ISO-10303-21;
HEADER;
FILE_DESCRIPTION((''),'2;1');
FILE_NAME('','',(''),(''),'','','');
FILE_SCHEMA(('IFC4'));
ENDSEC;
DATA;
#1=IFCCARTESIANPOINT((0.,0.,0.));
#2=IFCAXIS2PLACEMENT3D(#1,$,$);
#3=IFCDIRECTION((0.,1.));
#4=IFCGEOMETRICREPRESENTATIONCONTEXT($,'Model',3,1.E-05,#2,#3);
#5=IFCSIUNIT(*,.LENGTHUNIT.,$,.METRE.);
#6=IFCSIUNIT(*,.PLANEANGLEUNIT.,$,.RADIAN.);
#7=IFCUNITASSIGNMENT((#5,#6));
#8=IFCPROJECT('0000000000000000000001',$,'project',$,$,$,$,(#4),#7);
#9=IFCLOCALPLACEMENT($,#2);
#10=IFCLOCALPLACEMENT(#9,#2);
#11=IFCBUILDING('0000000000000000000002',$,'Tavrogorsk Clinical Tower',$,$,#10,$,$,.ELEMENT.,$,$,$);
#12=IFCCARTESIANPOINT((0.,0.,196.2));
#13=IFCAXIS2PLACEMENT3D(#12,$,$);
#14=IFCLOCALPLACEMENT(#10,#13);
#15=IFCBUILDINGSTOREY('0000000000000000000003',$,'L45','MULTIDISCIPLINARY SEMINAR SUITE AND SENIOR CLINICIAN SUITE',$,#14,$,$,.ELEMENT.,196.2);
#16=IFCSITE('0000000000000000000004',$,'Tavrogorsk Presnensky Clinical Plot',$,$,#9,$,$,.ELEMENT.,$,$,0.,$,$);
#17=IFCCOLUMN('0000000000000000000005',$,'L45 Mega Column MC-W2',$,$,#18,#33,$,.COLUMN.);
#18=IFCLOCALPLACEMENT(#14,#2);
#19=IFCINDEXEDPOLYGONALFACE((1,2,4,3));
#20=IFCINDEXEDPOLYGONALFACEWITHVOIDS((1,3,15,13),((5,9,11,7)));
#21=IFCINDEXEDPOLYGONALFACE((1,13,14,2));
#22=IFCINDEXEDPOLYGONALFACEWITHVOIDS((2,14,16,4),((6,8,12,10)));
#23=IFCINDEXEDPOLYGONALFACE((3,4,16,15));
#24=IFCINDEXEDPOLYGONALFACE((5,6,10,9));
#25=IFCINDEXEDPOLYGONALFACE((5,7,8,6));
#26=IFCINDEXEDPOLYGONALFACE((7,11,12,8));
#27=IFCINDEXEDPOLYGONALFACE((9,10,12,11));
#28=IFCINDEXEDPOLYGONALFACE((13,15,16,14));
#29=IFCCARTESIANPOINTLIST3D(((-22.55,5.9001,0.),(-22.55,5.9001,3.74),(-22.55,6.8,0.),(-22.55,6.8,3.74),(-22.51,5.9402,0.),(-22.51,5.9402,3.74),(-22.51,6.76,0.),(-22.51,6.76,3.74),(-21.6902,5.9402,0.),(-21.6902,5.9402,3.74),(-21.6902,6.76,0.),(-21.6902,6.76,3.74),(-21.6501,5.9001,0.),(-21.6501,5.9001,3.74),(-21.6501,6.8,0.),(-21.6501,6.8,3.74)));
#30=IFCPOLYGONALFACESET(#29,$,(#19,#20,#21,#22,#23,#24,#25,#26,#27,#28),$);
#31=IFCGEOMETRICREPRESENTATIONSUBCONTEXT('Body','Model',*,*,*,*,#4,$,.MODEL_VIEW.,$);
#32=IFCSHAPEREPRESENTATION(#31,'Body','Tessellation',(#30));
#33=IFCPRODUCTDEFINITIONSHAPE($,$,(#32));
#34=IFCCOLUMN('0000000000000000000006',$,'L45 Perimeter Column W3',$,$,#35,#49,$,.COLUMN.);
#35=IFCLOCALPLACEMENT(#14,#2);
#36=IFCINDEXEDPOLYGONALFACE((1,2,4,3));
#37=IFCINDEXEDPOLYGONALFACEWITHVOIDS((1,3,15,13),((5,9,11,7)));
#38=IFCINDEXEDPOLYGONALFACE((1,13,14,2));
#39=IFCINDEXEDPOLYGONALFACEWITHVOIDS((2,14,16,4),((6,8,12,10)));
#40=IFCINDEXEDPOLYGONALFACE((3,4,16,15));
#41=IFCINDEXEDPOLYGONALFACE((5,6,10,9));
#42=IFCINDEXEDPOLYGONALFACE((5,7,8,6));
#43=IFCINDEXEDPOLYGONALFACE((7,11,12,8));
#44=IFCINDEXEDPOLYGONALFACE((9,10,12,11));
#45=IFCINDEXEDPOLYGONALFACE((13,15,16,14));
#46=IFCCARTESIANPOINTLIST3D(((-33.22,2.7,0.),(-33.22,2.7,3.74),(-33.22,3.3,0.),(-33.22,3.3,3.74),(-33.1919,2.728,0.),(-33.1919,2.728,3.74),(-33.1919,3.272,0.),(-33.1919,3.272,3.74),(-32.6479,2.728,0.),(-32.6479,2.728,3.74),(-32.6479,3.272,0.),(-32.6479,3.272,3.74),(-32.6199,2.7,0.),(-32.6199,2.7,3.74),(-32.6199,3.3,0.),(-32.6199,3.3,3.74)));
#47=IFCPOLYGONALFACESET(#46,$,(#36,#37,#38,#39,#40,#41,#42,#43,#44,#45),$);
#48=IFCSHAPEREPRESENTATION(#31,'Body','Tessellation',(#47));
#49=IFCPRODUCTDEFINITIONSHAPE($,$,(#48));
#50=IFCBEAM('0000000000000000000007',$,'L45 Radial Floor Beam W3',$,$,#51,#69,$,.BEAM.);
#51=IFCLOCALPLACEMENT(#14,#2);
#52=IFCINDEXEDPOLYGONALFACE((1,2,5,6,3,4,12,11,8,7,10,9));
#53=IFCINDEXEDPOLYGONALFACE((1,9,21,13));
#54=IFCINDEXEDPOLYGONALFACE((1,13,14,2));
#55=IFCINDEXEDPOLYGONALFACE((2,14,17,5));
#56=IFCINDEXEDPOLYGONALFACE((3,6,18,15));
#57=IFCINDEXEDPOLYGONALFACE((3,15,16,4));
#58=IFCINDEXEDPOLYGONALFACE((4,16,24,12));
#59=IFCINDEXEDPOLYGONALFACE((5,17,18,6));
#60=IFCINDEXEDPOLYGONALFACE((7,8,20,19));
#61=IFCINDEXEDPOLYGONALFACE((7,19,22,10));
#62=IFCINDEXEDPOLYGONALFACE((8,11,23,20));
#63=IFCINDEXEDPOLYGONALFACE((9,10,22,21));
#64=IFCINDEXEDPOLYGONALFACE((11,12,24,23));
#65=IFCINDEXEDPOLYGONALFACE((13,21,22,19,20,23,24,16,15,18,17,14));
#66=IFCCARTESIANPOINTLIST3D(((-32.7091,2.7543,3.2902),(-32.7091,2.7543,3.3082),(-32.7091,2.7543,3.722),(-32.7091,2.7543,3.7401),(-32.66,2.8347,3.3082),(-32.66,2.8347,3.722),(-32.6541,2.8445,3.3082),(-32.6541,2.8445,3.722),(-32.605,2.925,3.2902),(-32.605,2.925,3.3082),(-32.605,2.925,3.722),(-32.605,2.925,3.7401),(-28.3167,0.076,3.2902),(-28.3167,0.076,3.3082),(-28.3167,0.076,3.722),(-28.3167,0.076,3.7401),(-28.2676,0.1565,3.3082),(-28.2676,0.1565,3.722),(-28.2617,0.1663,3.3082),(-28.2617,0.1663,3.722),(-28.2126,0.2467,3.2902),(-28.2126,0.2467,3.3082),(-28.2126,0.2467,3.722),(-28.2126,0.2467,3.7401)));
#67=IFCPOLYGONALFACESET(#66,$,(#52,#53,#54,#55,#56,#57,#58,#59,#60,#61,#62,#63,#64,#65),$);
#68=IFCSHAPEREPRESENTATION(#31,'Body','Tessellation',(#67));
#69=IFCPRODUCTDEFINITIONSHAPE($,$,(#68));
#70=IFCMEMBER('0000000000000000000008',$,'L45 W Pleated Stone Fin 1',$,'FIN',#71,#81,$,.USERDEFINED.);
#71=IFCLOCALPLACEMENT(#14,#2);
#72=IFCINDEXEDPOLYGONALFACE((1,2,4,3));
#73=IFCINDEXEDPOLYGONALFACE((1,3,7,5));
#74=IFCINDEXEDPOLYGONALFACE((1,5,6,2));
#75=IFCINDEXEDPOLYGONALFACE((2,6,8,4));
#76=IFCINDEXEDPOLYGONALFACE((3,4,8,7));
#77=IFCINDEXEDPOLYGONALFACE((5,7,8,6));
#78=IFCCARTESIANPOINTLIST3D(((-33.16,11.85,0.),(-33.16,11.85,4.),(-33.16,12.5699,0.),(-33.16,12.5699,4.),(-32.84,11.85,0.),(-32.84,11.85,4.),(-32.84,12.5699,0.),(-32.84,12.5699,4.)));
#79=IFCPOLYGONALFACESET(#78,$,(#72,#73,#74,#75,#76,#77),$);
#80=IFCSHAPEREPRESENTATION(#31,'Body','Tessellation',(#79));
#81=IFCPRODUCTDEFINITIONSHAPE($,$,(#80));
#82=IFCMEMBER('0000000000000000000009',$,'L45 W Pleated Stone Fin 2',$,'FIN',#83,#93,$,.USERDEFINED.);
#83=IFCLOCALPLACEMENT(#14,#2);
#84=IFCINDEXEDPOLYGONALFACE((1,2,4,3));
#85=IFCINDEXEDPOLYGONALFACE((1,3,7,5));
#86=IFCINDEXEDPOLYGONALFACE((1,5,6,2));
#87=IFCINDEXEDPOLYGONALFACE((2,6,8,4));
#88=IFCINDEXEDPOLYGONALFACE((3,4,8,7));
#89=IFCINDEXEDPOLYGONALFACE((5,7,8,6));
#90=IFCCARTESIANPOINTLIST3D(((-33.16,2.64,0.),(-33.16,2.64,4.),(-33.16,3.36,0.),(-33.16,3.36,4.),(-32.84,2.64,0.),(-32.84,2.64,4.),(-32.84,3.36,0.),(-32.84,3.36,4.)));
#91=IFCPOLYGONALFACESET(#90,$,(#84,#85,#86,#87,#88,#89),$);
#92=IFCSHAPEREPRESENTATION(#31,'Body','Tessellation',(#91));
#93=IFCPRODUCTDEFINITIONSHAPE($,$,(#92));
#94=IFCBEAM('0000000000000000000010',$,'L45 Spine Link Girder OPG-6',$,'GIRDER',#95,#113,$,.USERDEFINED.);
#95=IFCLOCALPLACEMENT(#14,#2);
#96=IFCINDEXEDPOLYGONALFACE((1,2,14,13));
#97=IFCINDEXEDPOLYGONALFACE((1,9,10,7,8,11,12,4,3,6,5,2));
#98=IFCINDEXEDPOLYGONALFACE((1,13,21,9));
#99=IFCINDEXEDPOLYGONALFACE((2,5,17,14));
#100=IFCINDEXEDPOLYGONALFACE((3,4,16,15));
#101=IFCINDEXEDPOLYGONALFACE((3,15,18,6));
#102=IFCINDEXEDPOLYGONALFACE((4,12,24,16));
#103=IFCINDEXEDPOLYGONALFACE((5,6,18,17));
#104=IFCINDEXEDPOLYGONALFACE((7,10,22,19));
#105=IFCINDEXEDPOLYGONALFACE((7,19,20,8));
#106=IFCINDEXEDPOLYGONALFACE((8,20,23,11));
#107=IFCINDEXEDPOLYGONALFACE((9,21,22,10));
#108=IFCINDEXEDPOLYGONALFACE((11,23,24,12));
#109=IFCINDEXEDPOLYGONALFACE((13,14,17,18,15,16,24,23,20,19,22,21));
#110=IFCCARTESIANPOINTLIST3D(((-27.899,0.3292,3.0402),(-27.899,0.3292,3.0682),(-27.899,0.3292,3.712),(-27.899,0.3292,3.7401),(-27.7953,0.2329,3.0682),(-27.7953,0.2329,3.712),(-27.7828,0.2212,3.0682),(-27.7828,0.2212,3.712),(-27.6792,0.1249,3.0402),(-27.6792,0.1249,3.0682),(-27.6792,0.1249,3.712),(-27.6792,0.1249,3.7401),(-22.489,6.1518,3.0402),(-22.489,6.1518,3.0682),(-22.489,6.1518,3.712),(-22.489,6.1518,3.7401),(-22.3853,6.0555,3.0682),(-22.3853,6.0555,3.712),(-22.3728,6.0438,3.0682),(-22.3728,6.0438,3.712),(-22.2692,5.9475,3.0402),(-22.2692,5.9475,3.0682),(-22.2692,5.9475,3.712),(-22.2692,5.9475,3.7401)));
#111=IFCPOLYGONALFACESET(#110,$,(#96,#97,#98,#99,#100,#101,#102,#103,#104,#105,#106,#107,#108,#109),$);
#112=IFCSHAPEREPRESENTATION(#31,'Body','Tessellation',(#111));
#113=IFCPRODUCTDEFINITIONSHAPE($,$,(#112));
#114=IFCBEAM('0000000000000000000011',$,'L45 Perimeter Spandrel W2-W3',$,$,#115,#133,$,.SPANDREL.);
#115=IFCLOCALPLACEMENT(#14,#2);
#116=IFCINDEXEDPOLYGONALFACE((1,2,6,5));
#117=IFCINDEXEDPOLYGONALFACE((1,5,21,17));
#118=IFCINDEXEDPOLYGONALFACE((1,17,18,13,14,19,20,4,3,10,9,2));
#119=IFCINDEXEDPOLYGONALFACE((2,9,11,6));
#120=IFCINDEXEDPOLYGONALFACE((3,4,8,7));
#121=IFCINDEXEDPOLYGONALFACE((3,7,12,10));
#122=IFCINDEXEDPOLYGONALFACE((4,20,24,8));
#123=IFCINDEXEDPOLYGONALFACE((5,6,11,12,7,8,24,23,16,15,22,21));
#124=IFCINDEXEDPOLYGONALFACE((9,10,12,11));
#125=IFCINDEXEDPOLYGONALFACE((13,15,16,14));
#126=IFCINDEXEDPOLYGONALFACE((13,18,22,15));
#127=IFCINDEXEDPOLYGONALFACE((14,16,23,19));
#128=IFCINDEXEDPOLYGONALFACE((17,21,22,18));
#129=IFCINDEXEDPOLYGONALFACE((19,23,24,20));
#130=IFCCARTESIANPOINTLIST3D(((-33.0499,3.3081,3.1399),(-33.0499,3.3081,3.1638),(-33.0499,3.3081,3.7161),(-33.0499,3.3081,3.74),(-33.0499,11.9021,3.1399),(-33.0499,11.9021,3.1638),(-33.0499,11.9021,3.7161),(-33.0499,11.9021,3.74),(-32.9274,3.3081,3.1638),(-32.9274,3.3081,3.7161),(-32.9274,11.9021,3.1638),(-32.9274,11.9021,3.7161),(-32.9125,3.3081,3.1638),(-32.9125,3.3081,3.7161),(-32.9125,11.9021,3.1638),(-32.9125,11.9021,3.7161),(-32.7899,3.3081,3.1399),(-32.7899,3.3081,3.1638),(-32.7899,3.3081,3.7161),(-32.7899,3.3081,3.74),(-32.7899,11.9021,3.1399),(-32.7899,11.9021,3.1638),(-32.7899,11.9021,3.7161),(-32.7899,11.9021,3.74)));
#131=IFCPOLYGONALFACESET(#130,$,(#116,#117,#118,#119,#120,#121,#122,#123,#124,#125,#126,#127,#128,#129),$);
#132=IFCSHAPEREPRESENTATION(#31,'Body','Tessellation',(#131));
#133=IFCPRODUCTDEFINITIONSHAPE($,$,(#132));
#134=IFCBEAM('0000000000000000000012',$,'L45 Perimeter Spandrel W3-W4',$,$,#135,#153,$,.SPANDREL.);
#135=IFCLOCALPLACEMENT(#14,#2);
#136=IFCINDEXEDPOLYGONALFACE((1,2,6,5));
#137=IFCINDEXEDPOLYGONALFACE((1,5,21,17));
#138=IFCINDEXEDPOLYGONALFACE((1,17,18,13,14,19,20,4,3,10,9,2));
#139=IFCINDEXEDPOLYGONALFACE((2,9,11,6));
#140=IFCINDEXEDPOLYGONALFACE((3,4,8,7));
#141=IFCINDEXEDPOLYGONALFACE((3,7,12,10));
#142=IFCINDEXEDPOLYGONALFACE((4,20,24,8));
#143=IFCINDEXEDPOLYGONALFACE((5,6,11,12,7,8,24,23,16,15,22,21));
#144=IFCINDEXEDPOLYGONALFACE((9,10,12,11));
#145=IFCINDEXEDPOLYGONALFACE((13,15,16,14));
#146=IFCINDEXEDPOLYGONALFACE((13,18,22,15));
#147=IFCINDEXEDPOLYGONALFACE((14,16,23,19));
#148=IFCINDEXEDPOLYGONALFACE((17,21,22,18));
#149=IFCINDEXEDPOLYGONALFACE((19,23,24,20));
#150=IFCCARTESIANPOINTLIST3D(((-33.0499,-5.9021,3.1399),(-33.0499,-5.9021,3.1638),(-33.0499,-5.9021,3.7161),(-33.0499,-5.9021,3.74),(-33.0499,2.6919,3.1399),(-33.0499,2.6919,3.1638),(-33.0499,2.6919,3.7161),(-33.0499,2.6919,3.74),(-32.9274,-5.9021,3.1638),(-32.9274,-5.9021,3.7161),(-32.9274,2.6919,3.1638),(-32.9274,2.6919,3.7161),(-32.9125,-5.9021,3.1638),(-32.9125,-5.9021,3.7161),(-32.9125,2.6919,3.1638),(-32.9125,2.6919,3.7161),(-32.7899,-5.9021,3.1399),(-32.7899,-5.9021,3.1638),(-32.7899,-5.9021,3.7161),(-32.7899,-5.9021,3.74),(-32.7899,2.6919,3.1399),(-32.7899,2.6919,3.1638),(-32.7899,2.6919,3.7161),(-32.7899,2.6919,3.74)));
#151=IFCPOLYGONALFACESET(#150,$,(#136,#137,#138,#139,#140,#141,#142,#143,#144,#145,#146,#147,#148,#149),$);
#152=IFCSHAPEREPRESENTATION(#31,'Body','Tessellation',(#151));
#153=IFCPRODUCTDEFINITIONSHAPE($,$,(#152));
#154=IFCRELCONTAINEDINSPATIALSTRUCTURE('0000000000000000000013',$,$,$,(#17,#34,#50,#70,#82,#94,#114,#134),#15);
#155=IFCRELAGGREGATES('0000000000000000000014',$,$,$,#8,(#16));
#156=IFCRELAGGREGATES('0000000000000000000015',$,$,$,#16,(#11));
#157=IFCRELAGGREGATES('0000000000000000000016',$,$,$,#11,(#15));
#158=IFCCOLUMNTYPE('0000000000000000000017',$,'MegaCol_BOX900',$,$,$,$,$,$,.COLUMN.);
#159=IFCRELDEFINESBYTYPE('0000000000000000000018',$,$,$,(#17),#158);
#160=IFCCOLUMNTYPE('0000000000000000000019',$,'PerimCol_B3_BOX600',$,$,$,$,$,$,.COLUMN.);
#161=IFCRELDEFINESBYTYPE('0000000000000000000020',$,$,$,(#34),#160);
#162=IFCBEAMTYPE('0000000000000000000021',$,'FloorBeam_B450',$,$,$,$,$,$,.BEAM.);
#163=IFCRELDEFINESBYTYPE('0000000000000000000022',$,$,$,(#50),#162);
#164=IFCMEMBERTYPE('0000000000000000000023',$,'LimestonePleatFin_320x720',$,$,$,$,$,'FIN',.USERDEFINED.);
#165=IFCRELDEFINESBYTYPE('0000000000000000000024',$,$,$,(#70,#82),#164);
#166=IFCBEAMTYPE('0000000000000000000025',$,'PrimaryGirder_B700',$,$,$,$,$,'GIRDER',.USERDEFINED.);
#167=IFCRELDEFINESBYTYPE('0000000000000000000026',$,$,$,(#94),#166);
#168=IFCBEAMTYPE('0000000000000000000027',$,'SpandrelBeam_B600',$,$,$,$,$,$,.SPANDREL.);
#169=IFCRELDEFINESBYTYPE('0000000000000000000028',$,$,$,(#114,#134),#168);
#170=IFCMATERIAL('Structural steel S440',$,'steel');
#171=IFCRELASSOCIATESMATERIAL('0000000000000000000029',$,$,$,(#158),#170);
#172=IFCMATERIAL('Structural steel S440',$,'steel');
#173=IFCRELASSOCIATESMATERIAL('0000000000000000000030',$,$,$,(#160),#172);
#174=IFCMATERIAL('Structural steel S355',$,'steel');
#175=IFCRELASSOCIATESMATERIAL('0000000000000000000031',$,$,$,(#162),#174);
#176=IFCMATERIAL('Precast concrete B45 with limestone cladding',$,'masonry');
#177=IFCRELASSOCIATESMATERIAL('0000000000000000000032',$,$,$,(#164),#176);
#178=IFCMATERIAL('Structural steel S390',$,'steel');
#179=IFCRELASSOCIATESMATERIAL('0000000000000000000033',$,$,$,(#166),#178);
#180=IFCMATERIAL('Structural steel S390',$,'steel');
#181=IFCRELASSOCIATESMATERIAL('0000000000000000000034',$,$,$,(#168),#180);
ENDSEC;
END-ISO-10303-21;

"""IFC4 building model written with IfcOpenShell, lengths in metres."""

from ifc_helpers import new_model, si_unit, direction, frame, origin, origin_2d, place, context, subcontext, project, spatial, rectangle, hollow_rectangle, i_section, extrude, material, material_profile, profile_set, type_object, element, save


model = new_model("IFC4")

# Units and contexts
model_context = context("Model", 3, precision=1e-05, world=origin(), true_north=direction((0.0, 1.0)))
body_context = subcontext(model_context, "Body", "Model", "MODEL_VIEW")
ifc_project = project(units=[si_unit("LENGTHUNIT", "METRE"), si_unit("PLANEANGLEUNIT", "RADIAN")], contexts=[model_context])

# Site, building, storey
site_placement = place(None, origin())
site = spatial("IfcSite", under=ifc_project, at=site_placement, Name="Tavrogorsk Presnensky Clinical Plot", CompositionType="ELEMENT", RefElevation=0.0)
building_placement = place(site_placement, origin())
building = spatial("IfcBuilding", under=site, at=building_placement, Name="Tavrogorsk Clinical Tower", CompositionType="ELEMENT")
storey_placement = place(building_placement, frame((0.0, 0.0, 196.2)))
storey = spatial("IfcBuildingStorey", under=building, at=storey_placement, Name="L45", Description="MULTIDISCIPLINARY SEMINAR SUITE AND SENIOR CLINICIAN SUITE", CompositionType="ELEMENT", Elevation=196.2)

# Columns
ifc_material_1 = material(Name="Structural steel S440", Category="steel")
ifc_material_profile_1 = material_profile(ifc_material_1, hollow_rectangle(XDim=0.8999, YDim=0.8999, WallThickness=0.04, at=origin_2d()), Name="BOX-900x900x40")
ifc_profile_set_1 = profile_set([ifc_material_profile_1], Name="Structural steel S440")
column_type_1 = type_object("IfcColumnType", Name="MegaCol_BOX900", PredefinedType="COLUMN", material=ifc_profile_set_1)
column_1_placement = place(storey_placement, frame((-22.1001, 6.3501, 0.0), z_axis=(0.0, 0.0, 1.0), x_axis=(1.0, 0.0, 0.0)))
element("IfcColumn", 1, at=column_1_placement, inside=storey, type_object=column_type_1, Name="L45 Mega Column MC-W2", PredefinedType="COLUMN", context=body_context, shape_type="SweptSolid", body=[
    extrude(hollow_rectangle(XDim=0.8999, YDim=0.8999, WallThickness=0.04, at=origin_2d()), origin(), (0.0, 0.0, 1.0), 3.74),
])
ifc_material_2 = material(Name="Structural steel S440", Category="steel")
ifc_material_profile_2 = material_profile(ifc_material_2, hollow_rectangle(XDim=0.6001, YDim=0.6001, WallThickness=0.0281, at=origin_2d()), Name="BOX-600x600x28")
ifc_profile_set_2 = profile_set([ifc_material_profile_2], Name="Structural steel S440")
column_type_2 = type_object("IfcColumnType", Name="PerimCol_B3_BOX600", PredefinedType="COLUMN", material=ifc_profile_set_2)
column_2_placement = place(storey_placement, frame((-32.9199, 3.0, 0.0), z_axis=(0.0, 0.0, 1.0), x_axis=(1.0, 0.0, 0.0)))
element("IfcColumn", 2, at=column_2_placement, inside=storey, type_object=column_type_2, Name="L45 Perimeter Column W3", PredefinedType="COLUMN", context=body_context, shape_type="SweptSolid", body=[
    extrude(hollow_rectangle(XDim=0.6001, YDim=0.6001, WallThickness=0.0281, at=origin_2d()), origin(), (0.0, 0.0, 1.0), 3.74),
])

# Beam
ifc_material_3 = material(Name="Structural steel S355", Category="steel")
ifc_material_profile_3 = material_profile(ifc_material_3, i_section(OverallWidth=0.2, OverallDepth=0.45, WebThickness=0.0115, FlangeThickness=0.0181, at=origin_2d()), Name="B-450x200x11.5x18")
ifc_profile_set_3 = profile_set([ifc_material_profile_3], Name="Structural steel S355")
beam_type_1 = type_object("IfcBeamType", Name="FloorBeam_B450", PredefinedType="BEAM", material=ifc_profile_set_3)
beam_1_placement = place(storey_placement, frame((-28.2646, 0.1614, 3.5151), z_axis=(-0.853799, 0.520603, 0.0), x_axis=(-0.520603, -0.853799, 0.0)))
element("IfcBeam", 3, at=beam_1_placement, inside=storey, type_object=beam_type_1, Name="L45 Radial Floor Beam W3", PredefinedType="BEAM", context=body_context, shape_type="SweptSolid", body=[
    extrude(i_section(OverallWidth=0.2, OverallDepth=0.45, WebThickness=0.0115, FlangeThickness=0.0181, at=origin_2d()), origin(), (0.0, 0.0, 1.0), 5.1445),
])

# Members
ifc_material_4 = material(Name="Precast concrete B45 with limestone cladding", Category="masonry")
ifc_material_profile_4 = material_profile(ifc_material_4, rectangle(XDim=0.3201, YDim=0.72, at=origin_2d()), Name="LIMESTONE-FIN-320x720")
ifc_profile_set_4 = profile_set([ifc_material_profile_4], Name="Precast concrete B45 with limestone cladding")
member_type = type_object("IfcMemberType", Name="LimestonePleatFin_320x720", ElementType="FIN", PredefinedType="USERDEFINED", material=ifc_profile_set_4)
for number, where, z_axis, x_axis, name in (
    (4, (-33.0, 12.21, 0.0), (0.0, 0.0, 1.0), (1.0, 0.0, 0.0), "L45 W Pleated Stone Fin 1"),
    (5, (-33.0, 3.0, 0.0), (0.0, 0.0, 1.0), (1.0, 0.0, 0.0), "L45 W Pleated Stone Fin 2"),
):
    element("IfcMember", number, at=place(storey_placement, frame(where, z_axis=z_axis, x_axis=x_axis)), inside=storey, type_object=member_type, Name=name, ObjectType="FIN", PredefinedType="USERDEFINED", context=body_context, shape_type="SweptSolid", body=[
        extrude(rectangle(XDim=0.3201, YDim=0.72, at=origin_2d()), origin(), (0.0, 0.0, 1.0), 4.0),
    ])

# Beams
ifc_material_5 = material(Name="Structural steel S390", Category="steel")
ifc_material_profile_5 = material_profile(ifc_material_5, i_section(OverallWidth=0.3, OverallDepth=0.7, WebThickness=0.0171, FlangeThickness=0.0281, at=origin_2d()), Name="B-700x300x17x28")
ifc_profile_set_5 = profile_set([ifc_material_profile_5], Name="Structural steel S390")
beam_type_2 = type_object("IfcBeamType", Name="PrimaryGirder_B700", ElementType="GIRDER", PredefinedType="USERDEFINED", material=ifc_profile_set_5)
beam_2_placement = place(storey_placement, frame((-27.7891, 0.2271, 3.3901), z_axis=(0.680674, 0.732587, 0.0), x_axis=(-0.732587, 0.680674, 0.0)))
element("IfcBeam", 6, at=beam_2_placement, inside=storey, type_object=beam_type_2, Name="L45 Spine Link Girder OPG-6", ObjectType="GIRDER", PredefinedType="USERDEFINED", context=body_context, shape_type="SweptSolid", body=[
    extrude(i_section(OverallWidth=0.3, OverallDepth=0.7, WebThickness=0.0171, FlangeThickness=0.0281, at=origin_2d()), origin(), (0.0, 0.0, 1.0), 7.948),
])
ifc_material_6 = material(Name="Structural steel S390", Category="steel")
ifc_material_profile_6 = material_profile(ifc_material_6, i_section(OverallWidth=0.26, OverallDepth=0.6001, WebThickness=0.0149, FlangeThickness=0.0239, at=origin_2d()), Name="B-600x260x15x24")
ifc_profile_set_6 = profile_set([ifc_material_profile_6], Name="Structural steel S390")
beam_type_3 = type_object("IfcBeamType", Name="SpandrelBeam_B600", PredefinedType="SPANDREL", material=ifc_profile_set_6)
for number, where, z_axis, x_axis, name in (
    (7, (-32.9199, 11.9021, 3.4399), (0.0, -1.0, 0.0), (1.0, 0.0, 0.0), "L45 Perimeter Spandrel W2-W3"),
    (8, (-32.9199, 2.6919, 3.4399), (0.0, -1.0, 0.0), (1.0, 0.0, 0.0), "L45 Perimeter Spandrel W3-W4"),
):
    element("IfcBeam", number, at=place(storey_placement, frame(where, z_axis=z_axis, x_axis=x_axis)), inside=storey, type_object=beam_type_3, Name=name, PredefinedType="SPANDREL", context=body_context, shape_type="SweptSolid", body=[
        extrude(i_section(OverallWidth=0.26, OverallDepth=0.6001, WebThickness=0.0149, FlangeThickness=0.0239, at=origin_2d()), origin(), (0.0, 0.0, 1.0), 8.594),
    ])

save(model, "model.ifc")
